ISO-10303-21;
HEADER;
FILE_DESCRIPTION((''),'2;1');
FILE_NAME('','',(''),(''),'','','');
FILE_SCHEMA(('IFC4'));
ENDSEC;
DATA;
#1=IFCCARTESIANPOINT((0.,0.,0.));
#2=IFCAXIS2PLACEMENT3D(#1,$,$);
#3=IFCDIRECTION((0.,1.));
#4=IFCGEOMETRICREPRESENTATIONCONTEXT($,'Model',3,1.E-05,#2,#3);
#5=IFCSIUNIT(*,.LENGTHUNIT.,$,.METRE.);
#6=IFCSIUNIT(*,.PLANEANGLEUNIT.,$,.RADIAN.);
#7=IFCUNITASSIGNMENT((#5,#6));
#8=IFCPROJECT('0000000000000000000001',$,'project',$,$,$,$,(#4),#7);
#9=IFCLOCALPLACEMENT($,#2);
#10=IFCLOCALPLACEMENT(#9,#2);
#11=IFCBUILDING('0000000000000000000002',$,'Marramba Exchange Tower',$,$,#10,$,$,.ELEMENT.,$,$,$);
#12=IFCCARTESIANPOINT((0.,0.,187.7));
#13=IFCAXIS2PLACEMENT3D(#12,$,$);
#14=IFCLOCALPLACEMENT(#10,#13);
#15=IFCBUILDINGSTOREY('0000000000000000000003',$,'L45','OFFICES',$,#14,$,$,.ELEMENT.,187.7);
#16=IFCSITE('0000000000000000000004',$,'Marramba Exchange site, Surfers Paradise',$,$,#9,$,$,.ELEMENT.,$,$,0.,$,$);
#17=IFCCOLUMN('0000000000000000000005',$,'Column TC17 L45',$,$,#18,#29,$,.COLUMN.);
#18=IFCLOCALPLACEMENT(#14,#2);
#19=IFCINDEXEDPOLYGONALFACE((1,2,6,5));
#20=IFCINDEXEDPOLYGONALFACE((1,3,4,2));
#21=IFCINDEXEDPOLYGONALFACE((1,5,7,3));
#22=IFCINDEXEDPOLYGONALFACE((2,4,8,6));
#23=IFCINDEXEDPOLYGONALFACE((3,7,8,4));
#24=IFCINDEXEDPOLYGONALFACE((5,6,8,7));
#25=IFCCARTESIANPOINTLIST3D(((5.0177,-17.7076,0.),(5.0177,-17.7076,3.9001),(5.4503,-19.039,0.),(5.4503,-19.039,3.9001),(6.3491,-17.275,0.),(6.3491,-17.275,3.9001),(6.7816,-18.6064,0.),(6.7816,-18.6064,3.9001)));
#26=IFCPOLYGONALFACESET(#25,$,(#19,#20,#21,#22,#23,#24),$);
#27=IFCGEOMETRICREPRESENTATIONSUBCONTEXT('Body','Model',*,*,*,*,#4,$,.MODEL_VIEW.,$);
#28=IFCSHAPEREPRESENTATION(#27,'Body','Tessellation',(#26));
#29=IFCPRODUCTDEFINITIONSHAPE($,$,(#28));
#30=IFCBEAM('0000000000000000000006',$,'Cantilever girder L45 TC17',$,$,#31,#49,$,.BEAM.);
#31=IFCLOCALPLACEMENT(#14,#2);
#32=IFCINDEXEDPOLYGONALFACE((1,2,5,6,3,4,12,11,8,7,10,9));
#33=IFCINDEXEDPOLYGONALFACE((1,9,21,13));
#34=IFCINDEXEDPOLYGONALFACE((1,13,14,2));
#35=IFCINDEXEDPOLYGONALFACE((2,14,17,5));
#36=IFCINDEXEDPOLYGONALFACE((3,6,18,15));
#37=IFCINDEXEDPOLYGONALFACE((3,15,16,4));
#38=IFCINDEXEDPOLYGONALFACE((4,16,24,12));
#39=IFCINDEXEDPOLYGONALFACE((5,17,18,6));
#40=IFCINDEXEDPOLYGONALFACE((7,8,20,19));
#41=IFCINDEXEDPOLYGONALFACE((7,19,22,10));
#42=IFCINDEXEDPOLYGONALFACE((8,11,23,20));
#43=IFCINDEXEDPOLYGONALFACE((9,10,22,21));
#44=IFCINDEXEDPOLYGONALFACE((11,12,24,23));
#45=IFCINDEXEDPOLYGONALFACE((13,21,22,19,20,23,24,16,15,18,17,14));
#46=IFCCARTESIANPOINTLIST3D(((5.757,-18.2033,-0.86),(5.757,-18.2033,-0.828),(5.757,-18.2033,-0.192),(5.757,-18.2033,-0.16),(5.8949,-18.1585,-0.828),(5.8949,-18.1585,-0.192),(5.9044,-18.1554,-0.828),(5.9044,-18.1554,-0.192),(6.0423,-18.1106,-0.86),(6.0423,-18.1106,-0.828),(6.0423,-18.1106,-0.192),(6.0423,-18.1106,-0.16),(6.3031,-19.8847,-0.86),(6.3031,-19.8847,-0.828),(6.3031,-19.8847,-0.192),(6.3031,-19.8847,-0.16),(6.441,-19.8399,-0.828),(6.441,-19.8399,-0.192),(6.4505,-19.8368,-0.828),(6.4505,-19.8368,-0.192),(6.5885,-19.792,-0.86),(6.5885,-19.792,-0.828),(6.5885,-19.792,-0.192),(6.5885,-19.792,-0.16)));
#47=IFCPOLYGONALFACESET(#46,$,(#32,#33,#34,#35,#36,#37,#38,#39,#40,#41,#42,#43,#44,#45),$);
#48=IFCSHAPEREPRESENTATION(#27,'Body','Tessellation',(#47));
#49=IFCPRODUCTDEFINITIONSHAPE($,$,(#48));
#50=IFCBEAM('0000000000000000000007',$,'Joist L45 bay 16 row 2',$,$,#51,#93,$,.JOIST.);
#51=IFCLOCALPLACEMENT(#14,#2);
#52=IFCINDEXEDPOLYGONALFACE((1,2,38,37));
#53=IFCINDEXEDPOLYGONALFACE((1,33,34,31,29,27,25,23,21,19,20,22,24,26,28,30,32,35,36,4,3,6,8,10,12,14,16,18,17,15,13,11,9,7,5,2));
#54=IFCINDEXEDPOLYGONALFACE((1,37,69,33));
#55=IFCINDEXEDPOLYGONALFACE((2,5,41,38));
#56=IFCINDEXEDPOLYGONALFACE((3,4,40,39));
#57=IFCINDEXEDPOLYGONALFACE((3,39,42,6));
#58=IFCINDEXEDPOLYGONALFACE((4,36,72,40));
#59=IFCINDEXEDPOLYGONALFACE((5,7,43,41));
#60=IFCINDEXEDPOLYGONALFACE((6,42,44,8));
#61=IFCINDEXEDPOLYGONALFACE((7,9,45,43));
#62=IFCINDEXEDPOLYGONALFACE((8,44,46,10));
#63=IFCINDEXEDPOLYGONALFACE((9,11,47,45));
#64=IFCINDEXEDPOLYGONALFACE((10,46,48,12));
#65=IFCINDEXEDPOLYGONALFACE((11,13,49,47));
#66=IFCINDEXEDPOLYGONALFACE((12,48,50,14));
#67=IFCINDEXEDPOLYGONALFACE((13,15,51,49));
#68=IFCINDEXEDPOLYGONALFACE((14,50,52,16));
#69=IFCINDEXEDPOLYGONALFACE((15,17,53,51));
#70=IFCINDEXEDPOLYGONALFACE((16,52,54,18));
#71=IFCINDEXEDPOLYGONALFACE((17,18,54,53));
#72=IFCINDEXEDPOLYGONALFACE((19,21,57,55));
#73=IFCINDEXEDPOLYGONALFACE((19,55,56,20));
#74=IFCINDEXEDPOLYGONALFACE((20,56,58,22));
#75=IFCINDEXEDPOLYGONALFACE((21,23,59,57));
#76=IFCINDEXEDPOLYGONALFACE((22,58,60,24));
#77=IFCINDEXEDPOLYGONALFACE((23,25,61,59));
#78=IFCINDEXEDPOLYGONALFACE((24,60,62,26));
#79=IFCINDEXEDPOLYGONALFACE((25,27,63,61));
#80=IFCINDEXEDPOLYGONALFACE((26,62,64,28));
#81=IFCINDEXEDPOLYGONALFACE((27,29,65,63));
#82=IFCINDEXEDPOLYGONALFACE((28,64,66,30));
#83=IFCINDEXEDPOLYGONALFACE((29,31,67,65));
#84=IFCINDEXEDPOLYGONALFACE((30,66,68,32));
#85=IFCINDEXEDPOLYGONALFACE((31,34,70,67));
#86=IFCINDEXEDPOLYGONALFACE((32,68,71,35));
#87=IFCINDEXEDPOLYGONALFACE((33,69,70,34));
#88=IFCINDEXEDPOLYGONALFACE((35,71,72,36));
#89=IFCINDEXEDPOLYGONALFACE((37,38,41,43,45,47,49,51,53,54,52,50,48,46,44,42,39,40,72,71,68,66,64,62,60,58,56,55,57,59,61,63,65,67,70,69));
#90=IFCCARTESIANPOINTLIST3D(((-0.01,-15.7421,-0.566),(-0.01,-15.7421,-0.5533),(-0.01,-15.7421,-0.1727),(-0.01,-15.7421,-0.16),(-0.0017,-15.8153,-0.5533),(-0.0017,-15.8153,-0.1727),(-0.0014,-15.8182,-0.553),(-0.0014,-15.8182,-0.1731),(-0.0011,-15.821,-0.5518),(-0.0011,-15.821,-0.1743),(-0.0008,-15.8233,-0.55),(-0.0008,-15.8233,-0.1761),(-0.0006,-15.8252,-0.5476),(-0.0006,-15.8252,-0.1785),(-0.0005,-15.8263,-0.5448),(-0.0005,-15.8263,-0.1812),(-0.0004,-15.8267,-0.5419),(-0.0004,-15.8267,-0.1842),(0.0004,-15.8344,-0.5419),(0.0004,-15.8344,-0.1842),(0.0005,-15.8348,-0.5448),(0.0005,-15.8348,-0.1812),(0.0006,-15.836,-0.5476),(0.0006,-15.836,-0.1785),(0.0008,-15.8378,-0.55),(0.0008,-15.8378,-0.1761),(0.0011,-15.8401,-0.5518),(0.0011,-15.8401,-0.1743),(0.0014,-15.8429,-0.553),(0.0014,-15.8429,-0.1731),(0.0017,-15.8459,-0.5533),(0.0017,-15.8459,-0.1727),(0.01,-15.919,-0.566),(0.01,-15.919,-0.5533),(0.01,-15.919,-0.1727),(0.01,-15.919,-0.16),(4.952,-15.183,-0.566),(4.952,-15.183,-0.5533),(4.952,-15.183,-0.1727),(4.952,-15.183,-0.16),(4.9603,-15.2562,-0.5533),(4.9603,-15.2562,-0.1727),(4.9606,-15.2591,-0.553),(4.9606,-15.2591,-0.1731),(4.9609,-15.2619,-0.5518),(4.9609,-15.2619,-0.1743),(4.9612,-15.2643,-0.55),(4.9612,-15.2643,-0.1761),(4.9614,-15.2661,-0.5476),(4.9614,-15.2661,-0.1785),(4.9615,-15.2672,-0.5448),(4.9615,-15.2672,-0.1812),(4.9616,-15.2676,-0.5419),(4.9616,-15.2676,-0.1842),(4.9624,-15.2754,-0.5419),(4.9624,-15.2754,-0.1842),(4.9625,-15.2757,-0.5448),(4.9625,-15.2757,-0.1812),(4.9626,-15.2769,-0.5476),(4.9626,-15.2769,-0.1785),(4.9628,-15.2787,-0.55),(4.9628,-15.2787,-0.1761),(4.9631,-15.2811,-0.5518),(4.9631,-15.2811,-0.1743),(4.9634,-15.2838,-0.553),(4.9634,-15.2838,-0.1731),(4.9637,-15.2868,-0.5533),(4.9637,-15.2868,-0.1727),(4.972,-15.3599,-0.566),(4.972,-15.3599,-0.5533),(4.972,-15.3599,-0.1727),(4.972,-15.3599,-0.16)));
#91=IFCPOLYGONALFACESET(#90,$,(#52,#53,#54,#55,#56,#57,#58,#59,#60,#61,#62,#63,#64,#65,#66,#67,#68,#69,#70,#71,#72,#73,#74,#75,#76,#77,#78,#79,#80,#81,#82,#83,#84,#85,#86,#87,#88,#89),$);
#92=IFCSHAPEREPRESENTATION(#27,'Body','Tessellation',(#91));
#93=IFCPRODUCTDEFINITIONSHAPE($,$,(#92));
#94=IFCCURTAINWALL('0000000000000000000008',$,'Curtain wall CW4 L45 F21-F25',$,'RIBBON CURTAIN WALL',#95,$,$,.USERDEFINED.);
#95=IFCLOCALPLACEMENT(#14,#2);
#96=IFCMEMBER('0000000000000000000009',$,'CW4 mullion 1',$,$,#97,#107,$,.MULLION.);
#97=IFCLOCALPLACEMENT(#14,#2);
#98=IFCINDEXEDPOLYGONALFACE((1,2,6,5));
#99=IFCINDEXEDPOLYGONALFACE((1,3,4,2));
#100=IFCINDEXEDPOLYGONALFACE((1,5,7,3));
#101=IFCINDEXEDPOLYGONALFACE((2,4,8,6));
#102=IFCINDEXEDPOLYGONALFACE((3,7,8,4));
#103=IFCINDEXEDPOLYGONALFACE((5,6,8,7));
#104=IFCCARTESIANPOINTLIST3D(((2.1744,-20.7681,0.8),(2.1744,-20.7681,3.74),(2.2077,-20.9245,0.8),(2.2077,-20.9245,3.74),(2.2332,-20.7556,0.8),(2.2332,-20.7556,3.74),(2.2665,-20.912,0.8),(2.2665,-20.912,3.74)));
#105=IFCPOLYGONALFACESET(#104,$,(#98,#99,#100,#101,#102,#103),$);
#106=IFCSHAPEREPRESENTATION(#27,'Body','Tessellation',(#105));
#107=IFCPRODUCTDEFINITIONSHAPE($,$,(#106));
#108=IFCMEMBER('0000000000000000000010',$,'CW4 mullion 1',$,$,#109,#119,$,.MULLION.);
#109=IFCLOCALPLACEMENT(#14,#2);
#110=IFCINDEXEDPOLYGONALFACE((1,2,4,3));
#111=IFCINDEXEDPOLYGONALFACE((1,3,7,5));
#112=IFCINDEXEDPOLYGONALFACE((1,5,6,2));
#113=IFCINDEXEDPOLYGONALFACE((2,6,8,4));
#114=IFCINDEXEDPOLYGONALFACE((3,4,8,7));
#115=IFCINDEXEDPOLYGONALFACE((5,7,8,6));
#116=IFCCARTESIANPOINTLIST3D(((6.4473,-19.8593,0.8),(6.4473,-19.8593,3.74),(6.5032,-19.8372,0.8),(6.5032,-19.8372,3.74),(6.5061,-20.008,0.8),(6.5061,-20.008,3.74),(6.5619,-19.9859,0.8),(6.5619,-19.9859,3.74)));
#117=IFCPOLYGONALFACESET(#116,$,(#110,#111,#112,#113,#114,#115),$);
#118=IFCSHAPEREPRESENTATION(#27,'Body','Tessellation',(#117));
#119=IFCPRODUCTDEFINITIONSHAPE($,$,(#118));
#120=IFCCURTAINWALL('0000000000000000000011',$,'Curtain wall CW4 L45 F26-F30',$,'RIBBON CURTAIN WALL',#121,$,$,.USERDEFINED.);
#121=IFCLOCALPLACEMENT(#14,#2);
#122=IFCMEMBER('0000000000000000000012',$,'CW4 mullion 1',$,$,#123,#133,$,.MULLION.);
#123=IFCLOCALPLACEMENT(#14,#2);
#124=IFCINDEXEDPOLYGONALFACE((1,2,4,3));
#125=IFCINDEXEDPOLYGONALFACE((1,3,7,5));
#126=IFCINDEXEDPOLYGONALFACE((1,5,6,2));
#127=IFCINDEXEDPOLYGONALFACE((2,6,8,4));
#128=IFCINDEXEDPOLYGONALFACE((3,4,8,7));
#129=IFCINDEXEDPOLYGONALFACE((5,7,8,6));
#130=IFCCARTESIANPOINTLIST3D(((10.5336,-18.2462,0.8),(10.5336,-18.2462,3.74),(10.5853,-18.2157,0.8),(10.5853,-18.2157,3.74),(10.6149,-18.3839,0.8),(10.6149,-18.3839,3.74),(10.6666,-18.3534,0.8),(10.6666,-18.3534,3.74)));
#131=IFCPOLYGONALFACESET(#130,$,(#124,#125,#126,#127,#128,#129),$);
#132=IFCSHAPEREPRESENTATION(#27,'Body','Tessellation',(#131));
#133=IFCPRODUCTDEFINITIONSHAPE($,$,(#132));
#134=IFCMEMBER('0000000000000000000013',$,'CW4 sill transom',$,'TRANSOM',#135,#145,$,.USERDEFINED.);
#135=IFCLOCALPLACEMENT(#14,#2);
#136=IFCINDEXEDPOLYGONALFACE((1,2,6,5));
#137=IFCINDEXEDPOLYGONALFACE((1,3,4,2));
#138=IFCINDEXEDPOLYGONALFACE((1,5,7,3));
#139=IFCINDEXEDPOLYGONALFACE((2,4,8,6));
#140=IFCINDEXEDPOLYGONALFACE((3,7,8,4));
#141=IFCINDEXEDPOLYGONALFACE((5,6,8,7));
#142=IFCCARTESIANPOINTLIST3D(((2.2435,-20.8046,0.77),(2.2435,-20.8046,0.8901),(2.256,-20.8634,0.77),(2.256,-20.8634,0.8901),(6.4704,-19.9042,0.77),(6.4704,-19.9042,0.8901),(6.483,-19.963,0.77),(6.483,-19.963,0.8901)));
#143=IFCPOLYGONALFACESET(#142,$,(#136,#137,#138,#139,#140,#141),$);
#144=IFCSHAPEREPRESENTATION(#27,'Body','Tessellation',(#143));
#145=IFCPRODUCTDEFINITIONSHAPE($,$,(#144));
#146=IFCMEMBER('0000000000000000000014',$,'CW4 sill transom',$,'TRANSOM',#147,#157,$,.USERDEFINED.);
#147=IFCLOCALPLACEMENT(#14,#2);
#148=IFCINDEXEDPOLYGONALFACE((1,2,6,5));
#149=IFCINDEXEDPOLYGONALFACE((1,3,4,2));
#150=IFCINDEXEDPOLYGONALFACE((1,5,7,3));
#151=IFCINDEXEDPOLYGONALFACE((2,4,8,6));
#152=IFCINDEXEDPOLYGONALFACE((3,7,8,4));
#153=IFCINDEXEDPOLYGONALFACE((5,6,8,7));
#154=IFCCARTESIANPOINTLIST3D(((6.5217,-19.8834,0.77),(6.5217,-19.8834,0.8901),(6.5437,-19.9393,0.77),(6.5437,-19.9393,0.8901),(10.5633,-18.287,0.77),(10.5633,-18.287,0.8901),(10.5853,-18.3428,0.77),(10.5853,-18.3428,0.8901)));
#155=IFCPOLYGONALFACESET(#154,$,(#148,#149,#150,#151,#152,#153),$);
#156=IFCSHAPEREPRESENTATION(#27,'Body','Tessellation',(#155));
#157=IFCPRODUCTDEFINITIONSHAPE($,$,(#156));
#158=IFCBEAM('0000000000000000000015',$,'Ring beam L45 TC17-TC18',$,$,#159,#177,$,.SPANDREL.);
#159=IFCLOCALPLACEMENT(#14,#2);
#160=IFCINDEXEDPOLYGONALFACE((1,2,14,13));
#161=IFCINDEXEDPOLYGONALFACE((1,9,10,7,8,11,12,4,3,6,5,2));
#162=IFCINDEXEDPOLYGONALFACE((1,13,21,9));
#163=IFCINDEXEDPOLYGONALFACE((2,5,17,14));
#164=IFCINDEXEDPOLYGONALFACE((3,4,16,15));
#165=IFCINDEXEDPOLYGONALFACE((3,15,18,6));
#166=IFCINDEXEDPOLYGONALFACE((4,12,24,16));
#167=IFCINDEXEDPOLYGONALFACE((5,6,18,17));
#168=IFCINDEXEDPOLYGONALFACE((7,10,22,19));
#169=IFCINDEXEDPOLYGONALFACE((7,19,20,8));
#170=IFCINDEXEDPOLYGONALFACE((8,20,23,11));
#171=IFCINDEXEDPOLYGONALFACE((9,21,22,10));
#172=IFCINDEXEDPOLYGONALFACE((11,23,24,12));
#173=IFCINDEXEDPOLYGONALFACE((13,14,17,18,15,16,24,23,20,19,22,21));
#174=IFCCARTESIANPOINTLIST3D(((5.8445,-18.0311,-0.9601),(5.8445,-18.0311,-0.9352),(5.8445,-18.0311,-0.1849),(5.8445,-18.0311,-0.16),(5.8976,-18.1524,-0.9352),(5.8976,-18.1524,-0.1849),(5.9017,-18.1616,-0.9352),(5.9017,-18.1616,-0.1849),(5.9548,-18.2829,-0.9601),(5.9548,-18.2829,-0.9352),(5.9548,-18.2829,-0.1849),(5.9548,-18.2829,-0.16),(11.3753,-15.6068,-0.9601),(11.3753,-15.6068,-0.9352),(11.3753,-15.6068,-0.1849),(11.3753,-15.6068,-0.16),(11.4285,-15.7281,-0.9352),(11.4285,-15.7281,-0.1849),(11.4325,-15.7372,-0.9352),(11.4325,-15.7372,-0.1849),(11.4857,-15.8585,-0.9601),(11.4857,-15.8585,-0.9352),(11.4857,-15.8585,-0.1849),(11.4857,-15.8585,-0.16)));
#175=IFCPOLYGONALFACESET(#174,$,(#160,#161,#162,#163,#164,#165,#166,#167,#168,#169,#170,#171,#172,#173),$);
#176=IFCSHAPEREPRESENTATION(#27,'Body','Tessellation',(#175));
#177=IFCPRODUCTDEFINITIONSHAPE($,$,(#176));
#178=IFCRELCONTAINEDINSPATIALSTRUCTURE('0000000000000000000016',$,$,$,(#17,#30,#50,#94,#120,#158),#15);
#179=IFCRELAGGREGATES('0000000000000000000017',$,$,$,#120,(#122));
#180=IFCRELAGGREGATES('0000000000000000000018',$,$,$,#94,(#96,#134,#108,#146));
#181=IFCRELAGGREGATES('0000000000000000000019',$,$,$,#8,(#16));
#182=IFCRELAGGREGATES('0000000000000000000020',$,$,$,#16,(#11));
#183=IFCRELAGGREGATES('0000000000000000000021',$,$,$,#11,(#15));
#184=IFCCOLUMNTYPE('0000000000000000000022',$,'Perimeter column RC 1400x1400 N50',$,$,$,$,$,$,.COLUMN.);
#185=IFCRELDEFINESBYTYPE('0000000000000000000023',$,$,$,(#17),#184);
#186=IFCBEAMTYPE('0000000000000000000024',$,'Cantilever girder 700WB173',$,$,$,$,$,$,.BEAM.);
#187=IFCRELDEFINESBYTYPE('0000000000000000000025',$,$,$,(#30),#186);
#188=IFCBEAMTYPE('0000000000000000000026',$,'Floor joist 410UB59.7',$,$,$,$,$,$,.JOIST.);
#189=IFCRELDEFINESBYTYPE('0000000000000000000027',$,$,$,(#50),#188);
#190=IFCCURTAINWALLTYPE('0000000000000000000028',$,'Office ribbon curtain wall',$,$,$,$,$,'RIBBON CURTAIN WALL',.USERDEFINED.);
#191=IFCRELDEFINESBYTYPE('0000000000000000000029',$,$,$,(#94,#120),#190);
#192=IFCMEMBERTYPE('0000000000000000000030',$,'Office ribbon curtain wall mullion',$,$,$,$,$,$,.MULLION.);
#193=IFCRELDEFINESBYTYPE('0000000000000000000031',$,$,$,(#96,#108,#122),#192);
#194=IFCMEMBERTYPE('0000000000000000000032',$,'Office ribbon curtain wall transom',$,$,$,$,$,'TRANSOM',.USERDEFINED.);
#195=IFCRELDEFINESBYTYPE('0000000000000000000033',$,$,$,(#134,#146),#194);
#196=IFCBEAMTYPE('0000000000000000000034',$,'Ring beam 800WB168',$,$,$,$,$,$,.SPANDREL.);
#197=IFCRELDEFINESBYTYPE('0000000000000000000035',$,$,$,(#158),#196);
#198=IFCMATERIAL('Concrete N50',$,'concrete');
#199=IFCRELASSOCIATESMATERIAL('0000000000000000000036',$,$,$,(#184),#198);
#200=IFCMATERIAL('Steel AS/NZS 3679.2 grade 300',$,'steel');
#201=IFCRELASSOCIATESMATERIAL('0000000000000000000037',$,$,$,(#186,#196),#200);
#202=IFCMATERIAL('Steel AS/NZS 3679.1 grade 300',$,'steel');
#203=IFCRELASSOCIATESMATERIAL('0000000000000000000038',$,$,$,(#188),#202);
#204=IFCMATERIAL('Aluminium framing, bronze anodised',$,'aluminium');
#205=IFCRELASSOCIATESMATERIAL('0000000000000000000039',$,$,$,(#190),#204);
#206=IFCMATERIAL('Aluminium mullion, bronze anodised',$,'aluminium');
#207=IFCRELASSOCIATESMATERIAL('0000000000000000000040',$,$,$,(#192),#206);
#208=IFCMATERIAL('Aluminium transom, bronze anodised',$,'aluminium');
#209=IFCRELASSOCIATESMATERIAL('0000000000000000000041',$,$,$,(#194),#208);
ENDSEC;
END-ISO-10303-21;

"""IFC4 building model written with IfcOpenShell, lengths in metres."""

from ifc_helpers import new_model, si_unit, direction, frame, origin, origin_2d, place, context, subcontext, project, spatial, rectangle, i_section, extrude, material, material_profile, profile_set, type_object, element, aggregate, save


model = new_model("IFC4")

# Units and contexts
model_context = context("Model", 3, precision=1e-05, world=origin(), true_north=direction((0.0, 1.0)))
body_context = subcontext(model_context, "Body", "Model", "MODEL_VIEW")
ifc_project = project(units=[si_unit("LENGTHUNIT", "METRE"), si_unit("PLANEANGLEUNIT", "RADIAN")], contexts=[model_context])

# Site, building, storey
site_placement = place(None, origin())
site = spatial("IfcSite", under=ifc_project, at=site_placement, Name="Marramba Exchange site, Surfers Paradise", CompositionType="ELEMENT", RefElevation=0.0)
building_placement = place(site_placement, origin())
building = spatial("IfcBuilding", under=site, at=building_placement, Name="Marramba Exchange Tower", CompositionType="ELEMENT")
storey_placement = place(building_placement, frame((0.0, 0.0, 187.7)))
storey = spatial("IfcBuildingStorey", under=building, at=storey_placement, Name="L45", Description="OFFICES", CompositionType="ELEMENT", Elevation=187.7)

# Column
ifc_material_1 = material(Name="Concrete N50", Category="concrete")
ifc_material_profile_1 = material_profile(ifc_material_1, rectangle(XDim=1.3999, YDim=1.3999, at=origin_2d()), Name="RC 1400x1400")
ifc_profile_set_1 = profile_set([ifc_material_profile_1], Name="Concrete N50")
column_type = type_object("IfcColumnType", Name="Perimeter column RC 1400x1400 N50", PredefinedType="COLUMN", material=ifc_profile_set_1)
column_placement = place(storey_placement, frame((5.8997, -18.157, 0.0), z_axis=(0.0, 0.0, 1.0), x_axis=(0.309017, -0.951057, 0.0)))
element("IfcColumn", 1, at=column_placement, inside=storey, type_object=column_type, Name="Column TC17 L45", PredefinedType="COLUMN", context=body_context, shape_type="SweptSolid", body=[
    extrude(rectangle(XDim=1.3999, YDim=1.3999, at=origin_2d()), origin(), (0.0, 0.0, 1.0), 3.9001),
])

# Beams
ifc_material_2 = material(Name="Steel AS/NZS 3679.2 grade 300", Category="steel")
ifc_material_profile_2 = material_profile(ifc_material_2, i_section(OverallWidth=0.3, OverallDepth=0.7, WebThickness=0.01, FlangeThickness=0.032, at=origin_2d()), Name="700WB173")
ifc_profile_set_2 = profile_set([ifc_material_profile_2], Name="Steel AS/NZS 3679.2 grade 300")
beam_type_1 = type_object("IfcBeamType", Name="Cantilever girder 700WB173", PredefinedType="BEAM", material=ifc_profile_set_2)
beam_1_placement = place(storey_placement, frame((5.8997, -18.157, -0.51), z_axis=(0.308927, -0.951086, 0.0), x_axis=(0.951086, 0.308927, 0.0)))
element("IfcBeam", 2, at=beam_1_placement, inside=storey, type_object=beam_type_1, Name="Cantilever girder L45 TC17", PredefinedType="BEAM", context=body_context, shape_type="SweptSolid", body=[
    extrude(i_section(OverallWidth=0.3, OverallDepth=0.7, WebThickness=0.01, FlangeThickness=0.032, at=origin_2d()), origin(), (0.0, 0.0, 1.0), 1.7678),
])
ifc_material_3 = material(Name="Steel AS/NZS 3679.1 grade 300", Category="steel")
ifc_material_profile_3 = material_profile(ifc_material_3, i_section(OverallWidth=0.178, OverallDepth=0.406, WebThickness=0.0078, FlangeThickness=0.0127, FilletRadius=0.0115, at=origin_2d()), Name="410UB59.7")
ifc_profile_set_3 = profile_set([ifc_material_profile_3], Name="Steel AS/NZS 3679.1 grade 300")
beam_type_2 = type_object("IfcBeamType", Name="Floor joist 410UB59.7", PredefinedType="JOIST", material=ifc_profile_set_3)
beam_2_placement = place(storey_placement, frame((0.0, -15.8306, -0.363), z_axis=(0.993712, 0.111966, 0.0), x_axis=(-0.111966, 0.993712, 0.0)))
element("IfcBeam", 3, at=beam_2_placement, inside=storey, type_object=beam_type_2, Name="Joist L45 bay 16 row 2", PredefinedType="JOIST", context=body_context, shape_type="SweptSolid", body=[
    extrude(i_section(OverallWidth=0.178, OverallDepth=0.406, WebThickness=0.0078, FlangeThickness=0.0127, FilletRadius=0.0115, at=origin_2d()), origin(), (0.0, 0.0, 1.0), 4.9934),
])

# Curtain wall, members
ifc_material_4 = material(Name="Aluminium framing, bronze anodised", Category="aluminium")
curtain_wall_type = type_object("IfcCurtainWallType", Name="Office ribbon curtain wall", ElementType="RIBBON CURTAIN WALL", PredefinedType="USERDEFINED", material=ifc_material_4)
curtain_wall_1_placement = place(storey_placement, origin())
curtain_wall_1 = element("IfcCurtainWall", 4, at=curtain_wall_1_placement, inside=storey, type_object=curtain_wall_type, Name="Curtain wall CW4 L45 F21-F25", ObjectType="RIBBON CURTAIN WALL", PredefinedType="USERDEFINED")
ifc_material_5 = material(Name="Aluminium mullion, bronze anodised", Category="aluminium")
ifc_material_profile_4 = material_profile(ifc_material_5, rectangle(XDim=0.1599, YDim=0.0601, at=origin_2d()), Name="CW4 mullion 60x160")
ifc_profile_set_4 = profile_set([ifc_material_profile_4], Name="Aluminium mullion, bronze anodised")
member_type_1 = type_object("IfcMemberType", Name="Office ribbon curtain wall mullion", PredefinedType="MULLION", material=ifc_profile_set_4)
member_1_placement = place(storey_placement, frame((2.2205, -20.8401, 0.8), z_axis=(0.0, 0.0, 1.0), x_axis=(-0.208332, 0.978058, 0.0)))
member_1 = element("IfcMember", 5, at=member_1_placement, type_object=member_type_1, Name="CW4 mullion 1", PredefinedType="MULLION", context=body_context, shape_type="SweptSolid", body=[
    extrude(rectangle(XDim=0.1599, YDim=0.0601, at=origin_2d()), origin(), (0.0, 0.0, 1.0), 2.9399),
])
member_2_placement = place(storey_placement, frame((6.5046, -19.9226, 0.8), z_axis=(0.0, 0.0, 1.0), x_axis=(-0.367375, 0.930073, 0.0)))
member_2 = element("IfcMember", 6, at=member_2_placement, type_object=member_type_1, Name="CW4 mullion 1", PredefinedType="MULLION", context=body_context, shape_type="SweptSolid", body=[
    extrude(rectangle(XDim=0.1599, YDim=0.0601, at=origin_2d()), origin(), (0.0, 0.0, 1.0), 2.9399),
])

# Curtain wall, member
curtain_wall_2_placement = place(storey_placement, origin())
curtain_wall_2 = element("IfcCurtainWall", 7, at=curtain_wall_2_placement, inside=storey, type_object=curtain_wall_type, Name="Curtain wall CW4 L45 F26-F30", ObjectType="RIBBON CURTAIN WALL", PredefinedType="USERDEFINED")
member_3_placement = place(storey_placement, frame((10.6001, -18.2998, 0.8), z_axis=(0.0, 0.0, 1.0), x_axis=(-0.508011, 0.861351, 0.0)))
member_3 = element("IfcMember", 8, at=member_3_placement, type_object=member_type_1, Name="CW4 mullion 1", PredefinedType="MULLION", context=body_context, shape_type="SweptSolid", body=[
    extrude(rectangle(XDim=0.1599, YDim=0.0601, at=origin_2d()), origin(), (0.0, 0.0, 1.0), 2.9399),
])
aggregate(curtain_wall_2, [member_3])

# Members
ifc_material_6 = material(Name="Aluminium transom, bronze anodised", Category="aluminium")
ifc_material_profile_5 = material_profile(ifc_material_6, rectangle(XDim=0.0601, YDim=0.1201, at=origin_2d()), Name="CW4 transom 60x120")
ifc_profile_set_5 = profile_set([ifc_material_profile_5], Name="Aluminium transom, bronze anodised")
member_type_2 = type_object("IfcMemberType", Name="Office ribbon curtain wall transom", ElementType="TRANSOM", PredefinedType="USERDEFINED", material=ifc_profile_set_5)
member_4_placement = place(storey_placement, frame((2.2498, -20.834, 0.8301), z_axis=(0.978058, 0.208333, 0.0), x_axis=(-0.208333, 0.978058, 0.0)))
member_4 = element("IfcMember", 9, at=member_4_placement, type_object=member_type_2, Name="CW4 sill transom", ObjectType="TRANSOM", PredefinedType="USERDEFINED", context=body_context, shape_type="SweptSolid", body=[
    extrude(rectangle(XDim=0.0601, YDim=0.1201, at=origin_2d()), origin(), (0.0, 0.0, 1.0), 4.3218),
])
member_5_placement = place(storey_placement, frame((6.5327, -19.9114, 0.8301), z_axis=(0.930068, 0.367387, 0.0), x_axis=(-0.367387, 0.930068, 0.0)))
member_5 = element("IfcMember", 10, at=member_5_placement, type_object=member_type_2, Name="CW4 sill transom", ObjectType="TRANSOM", PredefinedType="USERDEFINED", context=body_context, shape_type="SweptSolid", body=[
    extrude(rectangle(XDim=0.0601, YDim=0.1201, at=origin_2d()), origin(), (0.0, 0.0, 1.0), 4.3455),
])

# Beam
ifc_material_profile_6 = material_profile(ifc_material_2, i_section(OverallWidth=0.2749, OverallDepth=0.8, WebThickness=0.01, FlangeThickness=0.0249, at=origin_2d()), Name="800WB168")
ifc_profile_set_6 = profile_set([ifc_material_profile_6], Name="Steel AS/NZS 3679.2 grade 300")
beam_type_3 = type_object("IfcBeamType", Name="Ring beam 800WB168", PredefinedType="SPANDREL", material=ifc_profile_set_6)
beam_3_placement = place(storey_placement, frame((5.8997, -18.157, -0.5601), z_axis=(0.915877, 0.401459, 0.0), x_axis=(-0.401459, 0.915877, 0.0)))
element("IfcBeam", 11, at=beam_3_placement, inside=storey, type_object=beam_type_3, Name="Ring beam L45 TC17-TC18", PredefinedType="SPANDREL", context=body_context, shape_type="SweptSolid", body=[
    extrude(i_section(OverallWidth=0.2749, OverallDepth=0.8, WebThickness=0.01, FlangeThickness=0.0249, at=origin_2d()), origin(), (0.0, 0.0, 1.0), 6.0388),
])

aggregate(curtain_wall_1, [member_1, member_4, member_2, member_5])

save(model, "model.ifc")
